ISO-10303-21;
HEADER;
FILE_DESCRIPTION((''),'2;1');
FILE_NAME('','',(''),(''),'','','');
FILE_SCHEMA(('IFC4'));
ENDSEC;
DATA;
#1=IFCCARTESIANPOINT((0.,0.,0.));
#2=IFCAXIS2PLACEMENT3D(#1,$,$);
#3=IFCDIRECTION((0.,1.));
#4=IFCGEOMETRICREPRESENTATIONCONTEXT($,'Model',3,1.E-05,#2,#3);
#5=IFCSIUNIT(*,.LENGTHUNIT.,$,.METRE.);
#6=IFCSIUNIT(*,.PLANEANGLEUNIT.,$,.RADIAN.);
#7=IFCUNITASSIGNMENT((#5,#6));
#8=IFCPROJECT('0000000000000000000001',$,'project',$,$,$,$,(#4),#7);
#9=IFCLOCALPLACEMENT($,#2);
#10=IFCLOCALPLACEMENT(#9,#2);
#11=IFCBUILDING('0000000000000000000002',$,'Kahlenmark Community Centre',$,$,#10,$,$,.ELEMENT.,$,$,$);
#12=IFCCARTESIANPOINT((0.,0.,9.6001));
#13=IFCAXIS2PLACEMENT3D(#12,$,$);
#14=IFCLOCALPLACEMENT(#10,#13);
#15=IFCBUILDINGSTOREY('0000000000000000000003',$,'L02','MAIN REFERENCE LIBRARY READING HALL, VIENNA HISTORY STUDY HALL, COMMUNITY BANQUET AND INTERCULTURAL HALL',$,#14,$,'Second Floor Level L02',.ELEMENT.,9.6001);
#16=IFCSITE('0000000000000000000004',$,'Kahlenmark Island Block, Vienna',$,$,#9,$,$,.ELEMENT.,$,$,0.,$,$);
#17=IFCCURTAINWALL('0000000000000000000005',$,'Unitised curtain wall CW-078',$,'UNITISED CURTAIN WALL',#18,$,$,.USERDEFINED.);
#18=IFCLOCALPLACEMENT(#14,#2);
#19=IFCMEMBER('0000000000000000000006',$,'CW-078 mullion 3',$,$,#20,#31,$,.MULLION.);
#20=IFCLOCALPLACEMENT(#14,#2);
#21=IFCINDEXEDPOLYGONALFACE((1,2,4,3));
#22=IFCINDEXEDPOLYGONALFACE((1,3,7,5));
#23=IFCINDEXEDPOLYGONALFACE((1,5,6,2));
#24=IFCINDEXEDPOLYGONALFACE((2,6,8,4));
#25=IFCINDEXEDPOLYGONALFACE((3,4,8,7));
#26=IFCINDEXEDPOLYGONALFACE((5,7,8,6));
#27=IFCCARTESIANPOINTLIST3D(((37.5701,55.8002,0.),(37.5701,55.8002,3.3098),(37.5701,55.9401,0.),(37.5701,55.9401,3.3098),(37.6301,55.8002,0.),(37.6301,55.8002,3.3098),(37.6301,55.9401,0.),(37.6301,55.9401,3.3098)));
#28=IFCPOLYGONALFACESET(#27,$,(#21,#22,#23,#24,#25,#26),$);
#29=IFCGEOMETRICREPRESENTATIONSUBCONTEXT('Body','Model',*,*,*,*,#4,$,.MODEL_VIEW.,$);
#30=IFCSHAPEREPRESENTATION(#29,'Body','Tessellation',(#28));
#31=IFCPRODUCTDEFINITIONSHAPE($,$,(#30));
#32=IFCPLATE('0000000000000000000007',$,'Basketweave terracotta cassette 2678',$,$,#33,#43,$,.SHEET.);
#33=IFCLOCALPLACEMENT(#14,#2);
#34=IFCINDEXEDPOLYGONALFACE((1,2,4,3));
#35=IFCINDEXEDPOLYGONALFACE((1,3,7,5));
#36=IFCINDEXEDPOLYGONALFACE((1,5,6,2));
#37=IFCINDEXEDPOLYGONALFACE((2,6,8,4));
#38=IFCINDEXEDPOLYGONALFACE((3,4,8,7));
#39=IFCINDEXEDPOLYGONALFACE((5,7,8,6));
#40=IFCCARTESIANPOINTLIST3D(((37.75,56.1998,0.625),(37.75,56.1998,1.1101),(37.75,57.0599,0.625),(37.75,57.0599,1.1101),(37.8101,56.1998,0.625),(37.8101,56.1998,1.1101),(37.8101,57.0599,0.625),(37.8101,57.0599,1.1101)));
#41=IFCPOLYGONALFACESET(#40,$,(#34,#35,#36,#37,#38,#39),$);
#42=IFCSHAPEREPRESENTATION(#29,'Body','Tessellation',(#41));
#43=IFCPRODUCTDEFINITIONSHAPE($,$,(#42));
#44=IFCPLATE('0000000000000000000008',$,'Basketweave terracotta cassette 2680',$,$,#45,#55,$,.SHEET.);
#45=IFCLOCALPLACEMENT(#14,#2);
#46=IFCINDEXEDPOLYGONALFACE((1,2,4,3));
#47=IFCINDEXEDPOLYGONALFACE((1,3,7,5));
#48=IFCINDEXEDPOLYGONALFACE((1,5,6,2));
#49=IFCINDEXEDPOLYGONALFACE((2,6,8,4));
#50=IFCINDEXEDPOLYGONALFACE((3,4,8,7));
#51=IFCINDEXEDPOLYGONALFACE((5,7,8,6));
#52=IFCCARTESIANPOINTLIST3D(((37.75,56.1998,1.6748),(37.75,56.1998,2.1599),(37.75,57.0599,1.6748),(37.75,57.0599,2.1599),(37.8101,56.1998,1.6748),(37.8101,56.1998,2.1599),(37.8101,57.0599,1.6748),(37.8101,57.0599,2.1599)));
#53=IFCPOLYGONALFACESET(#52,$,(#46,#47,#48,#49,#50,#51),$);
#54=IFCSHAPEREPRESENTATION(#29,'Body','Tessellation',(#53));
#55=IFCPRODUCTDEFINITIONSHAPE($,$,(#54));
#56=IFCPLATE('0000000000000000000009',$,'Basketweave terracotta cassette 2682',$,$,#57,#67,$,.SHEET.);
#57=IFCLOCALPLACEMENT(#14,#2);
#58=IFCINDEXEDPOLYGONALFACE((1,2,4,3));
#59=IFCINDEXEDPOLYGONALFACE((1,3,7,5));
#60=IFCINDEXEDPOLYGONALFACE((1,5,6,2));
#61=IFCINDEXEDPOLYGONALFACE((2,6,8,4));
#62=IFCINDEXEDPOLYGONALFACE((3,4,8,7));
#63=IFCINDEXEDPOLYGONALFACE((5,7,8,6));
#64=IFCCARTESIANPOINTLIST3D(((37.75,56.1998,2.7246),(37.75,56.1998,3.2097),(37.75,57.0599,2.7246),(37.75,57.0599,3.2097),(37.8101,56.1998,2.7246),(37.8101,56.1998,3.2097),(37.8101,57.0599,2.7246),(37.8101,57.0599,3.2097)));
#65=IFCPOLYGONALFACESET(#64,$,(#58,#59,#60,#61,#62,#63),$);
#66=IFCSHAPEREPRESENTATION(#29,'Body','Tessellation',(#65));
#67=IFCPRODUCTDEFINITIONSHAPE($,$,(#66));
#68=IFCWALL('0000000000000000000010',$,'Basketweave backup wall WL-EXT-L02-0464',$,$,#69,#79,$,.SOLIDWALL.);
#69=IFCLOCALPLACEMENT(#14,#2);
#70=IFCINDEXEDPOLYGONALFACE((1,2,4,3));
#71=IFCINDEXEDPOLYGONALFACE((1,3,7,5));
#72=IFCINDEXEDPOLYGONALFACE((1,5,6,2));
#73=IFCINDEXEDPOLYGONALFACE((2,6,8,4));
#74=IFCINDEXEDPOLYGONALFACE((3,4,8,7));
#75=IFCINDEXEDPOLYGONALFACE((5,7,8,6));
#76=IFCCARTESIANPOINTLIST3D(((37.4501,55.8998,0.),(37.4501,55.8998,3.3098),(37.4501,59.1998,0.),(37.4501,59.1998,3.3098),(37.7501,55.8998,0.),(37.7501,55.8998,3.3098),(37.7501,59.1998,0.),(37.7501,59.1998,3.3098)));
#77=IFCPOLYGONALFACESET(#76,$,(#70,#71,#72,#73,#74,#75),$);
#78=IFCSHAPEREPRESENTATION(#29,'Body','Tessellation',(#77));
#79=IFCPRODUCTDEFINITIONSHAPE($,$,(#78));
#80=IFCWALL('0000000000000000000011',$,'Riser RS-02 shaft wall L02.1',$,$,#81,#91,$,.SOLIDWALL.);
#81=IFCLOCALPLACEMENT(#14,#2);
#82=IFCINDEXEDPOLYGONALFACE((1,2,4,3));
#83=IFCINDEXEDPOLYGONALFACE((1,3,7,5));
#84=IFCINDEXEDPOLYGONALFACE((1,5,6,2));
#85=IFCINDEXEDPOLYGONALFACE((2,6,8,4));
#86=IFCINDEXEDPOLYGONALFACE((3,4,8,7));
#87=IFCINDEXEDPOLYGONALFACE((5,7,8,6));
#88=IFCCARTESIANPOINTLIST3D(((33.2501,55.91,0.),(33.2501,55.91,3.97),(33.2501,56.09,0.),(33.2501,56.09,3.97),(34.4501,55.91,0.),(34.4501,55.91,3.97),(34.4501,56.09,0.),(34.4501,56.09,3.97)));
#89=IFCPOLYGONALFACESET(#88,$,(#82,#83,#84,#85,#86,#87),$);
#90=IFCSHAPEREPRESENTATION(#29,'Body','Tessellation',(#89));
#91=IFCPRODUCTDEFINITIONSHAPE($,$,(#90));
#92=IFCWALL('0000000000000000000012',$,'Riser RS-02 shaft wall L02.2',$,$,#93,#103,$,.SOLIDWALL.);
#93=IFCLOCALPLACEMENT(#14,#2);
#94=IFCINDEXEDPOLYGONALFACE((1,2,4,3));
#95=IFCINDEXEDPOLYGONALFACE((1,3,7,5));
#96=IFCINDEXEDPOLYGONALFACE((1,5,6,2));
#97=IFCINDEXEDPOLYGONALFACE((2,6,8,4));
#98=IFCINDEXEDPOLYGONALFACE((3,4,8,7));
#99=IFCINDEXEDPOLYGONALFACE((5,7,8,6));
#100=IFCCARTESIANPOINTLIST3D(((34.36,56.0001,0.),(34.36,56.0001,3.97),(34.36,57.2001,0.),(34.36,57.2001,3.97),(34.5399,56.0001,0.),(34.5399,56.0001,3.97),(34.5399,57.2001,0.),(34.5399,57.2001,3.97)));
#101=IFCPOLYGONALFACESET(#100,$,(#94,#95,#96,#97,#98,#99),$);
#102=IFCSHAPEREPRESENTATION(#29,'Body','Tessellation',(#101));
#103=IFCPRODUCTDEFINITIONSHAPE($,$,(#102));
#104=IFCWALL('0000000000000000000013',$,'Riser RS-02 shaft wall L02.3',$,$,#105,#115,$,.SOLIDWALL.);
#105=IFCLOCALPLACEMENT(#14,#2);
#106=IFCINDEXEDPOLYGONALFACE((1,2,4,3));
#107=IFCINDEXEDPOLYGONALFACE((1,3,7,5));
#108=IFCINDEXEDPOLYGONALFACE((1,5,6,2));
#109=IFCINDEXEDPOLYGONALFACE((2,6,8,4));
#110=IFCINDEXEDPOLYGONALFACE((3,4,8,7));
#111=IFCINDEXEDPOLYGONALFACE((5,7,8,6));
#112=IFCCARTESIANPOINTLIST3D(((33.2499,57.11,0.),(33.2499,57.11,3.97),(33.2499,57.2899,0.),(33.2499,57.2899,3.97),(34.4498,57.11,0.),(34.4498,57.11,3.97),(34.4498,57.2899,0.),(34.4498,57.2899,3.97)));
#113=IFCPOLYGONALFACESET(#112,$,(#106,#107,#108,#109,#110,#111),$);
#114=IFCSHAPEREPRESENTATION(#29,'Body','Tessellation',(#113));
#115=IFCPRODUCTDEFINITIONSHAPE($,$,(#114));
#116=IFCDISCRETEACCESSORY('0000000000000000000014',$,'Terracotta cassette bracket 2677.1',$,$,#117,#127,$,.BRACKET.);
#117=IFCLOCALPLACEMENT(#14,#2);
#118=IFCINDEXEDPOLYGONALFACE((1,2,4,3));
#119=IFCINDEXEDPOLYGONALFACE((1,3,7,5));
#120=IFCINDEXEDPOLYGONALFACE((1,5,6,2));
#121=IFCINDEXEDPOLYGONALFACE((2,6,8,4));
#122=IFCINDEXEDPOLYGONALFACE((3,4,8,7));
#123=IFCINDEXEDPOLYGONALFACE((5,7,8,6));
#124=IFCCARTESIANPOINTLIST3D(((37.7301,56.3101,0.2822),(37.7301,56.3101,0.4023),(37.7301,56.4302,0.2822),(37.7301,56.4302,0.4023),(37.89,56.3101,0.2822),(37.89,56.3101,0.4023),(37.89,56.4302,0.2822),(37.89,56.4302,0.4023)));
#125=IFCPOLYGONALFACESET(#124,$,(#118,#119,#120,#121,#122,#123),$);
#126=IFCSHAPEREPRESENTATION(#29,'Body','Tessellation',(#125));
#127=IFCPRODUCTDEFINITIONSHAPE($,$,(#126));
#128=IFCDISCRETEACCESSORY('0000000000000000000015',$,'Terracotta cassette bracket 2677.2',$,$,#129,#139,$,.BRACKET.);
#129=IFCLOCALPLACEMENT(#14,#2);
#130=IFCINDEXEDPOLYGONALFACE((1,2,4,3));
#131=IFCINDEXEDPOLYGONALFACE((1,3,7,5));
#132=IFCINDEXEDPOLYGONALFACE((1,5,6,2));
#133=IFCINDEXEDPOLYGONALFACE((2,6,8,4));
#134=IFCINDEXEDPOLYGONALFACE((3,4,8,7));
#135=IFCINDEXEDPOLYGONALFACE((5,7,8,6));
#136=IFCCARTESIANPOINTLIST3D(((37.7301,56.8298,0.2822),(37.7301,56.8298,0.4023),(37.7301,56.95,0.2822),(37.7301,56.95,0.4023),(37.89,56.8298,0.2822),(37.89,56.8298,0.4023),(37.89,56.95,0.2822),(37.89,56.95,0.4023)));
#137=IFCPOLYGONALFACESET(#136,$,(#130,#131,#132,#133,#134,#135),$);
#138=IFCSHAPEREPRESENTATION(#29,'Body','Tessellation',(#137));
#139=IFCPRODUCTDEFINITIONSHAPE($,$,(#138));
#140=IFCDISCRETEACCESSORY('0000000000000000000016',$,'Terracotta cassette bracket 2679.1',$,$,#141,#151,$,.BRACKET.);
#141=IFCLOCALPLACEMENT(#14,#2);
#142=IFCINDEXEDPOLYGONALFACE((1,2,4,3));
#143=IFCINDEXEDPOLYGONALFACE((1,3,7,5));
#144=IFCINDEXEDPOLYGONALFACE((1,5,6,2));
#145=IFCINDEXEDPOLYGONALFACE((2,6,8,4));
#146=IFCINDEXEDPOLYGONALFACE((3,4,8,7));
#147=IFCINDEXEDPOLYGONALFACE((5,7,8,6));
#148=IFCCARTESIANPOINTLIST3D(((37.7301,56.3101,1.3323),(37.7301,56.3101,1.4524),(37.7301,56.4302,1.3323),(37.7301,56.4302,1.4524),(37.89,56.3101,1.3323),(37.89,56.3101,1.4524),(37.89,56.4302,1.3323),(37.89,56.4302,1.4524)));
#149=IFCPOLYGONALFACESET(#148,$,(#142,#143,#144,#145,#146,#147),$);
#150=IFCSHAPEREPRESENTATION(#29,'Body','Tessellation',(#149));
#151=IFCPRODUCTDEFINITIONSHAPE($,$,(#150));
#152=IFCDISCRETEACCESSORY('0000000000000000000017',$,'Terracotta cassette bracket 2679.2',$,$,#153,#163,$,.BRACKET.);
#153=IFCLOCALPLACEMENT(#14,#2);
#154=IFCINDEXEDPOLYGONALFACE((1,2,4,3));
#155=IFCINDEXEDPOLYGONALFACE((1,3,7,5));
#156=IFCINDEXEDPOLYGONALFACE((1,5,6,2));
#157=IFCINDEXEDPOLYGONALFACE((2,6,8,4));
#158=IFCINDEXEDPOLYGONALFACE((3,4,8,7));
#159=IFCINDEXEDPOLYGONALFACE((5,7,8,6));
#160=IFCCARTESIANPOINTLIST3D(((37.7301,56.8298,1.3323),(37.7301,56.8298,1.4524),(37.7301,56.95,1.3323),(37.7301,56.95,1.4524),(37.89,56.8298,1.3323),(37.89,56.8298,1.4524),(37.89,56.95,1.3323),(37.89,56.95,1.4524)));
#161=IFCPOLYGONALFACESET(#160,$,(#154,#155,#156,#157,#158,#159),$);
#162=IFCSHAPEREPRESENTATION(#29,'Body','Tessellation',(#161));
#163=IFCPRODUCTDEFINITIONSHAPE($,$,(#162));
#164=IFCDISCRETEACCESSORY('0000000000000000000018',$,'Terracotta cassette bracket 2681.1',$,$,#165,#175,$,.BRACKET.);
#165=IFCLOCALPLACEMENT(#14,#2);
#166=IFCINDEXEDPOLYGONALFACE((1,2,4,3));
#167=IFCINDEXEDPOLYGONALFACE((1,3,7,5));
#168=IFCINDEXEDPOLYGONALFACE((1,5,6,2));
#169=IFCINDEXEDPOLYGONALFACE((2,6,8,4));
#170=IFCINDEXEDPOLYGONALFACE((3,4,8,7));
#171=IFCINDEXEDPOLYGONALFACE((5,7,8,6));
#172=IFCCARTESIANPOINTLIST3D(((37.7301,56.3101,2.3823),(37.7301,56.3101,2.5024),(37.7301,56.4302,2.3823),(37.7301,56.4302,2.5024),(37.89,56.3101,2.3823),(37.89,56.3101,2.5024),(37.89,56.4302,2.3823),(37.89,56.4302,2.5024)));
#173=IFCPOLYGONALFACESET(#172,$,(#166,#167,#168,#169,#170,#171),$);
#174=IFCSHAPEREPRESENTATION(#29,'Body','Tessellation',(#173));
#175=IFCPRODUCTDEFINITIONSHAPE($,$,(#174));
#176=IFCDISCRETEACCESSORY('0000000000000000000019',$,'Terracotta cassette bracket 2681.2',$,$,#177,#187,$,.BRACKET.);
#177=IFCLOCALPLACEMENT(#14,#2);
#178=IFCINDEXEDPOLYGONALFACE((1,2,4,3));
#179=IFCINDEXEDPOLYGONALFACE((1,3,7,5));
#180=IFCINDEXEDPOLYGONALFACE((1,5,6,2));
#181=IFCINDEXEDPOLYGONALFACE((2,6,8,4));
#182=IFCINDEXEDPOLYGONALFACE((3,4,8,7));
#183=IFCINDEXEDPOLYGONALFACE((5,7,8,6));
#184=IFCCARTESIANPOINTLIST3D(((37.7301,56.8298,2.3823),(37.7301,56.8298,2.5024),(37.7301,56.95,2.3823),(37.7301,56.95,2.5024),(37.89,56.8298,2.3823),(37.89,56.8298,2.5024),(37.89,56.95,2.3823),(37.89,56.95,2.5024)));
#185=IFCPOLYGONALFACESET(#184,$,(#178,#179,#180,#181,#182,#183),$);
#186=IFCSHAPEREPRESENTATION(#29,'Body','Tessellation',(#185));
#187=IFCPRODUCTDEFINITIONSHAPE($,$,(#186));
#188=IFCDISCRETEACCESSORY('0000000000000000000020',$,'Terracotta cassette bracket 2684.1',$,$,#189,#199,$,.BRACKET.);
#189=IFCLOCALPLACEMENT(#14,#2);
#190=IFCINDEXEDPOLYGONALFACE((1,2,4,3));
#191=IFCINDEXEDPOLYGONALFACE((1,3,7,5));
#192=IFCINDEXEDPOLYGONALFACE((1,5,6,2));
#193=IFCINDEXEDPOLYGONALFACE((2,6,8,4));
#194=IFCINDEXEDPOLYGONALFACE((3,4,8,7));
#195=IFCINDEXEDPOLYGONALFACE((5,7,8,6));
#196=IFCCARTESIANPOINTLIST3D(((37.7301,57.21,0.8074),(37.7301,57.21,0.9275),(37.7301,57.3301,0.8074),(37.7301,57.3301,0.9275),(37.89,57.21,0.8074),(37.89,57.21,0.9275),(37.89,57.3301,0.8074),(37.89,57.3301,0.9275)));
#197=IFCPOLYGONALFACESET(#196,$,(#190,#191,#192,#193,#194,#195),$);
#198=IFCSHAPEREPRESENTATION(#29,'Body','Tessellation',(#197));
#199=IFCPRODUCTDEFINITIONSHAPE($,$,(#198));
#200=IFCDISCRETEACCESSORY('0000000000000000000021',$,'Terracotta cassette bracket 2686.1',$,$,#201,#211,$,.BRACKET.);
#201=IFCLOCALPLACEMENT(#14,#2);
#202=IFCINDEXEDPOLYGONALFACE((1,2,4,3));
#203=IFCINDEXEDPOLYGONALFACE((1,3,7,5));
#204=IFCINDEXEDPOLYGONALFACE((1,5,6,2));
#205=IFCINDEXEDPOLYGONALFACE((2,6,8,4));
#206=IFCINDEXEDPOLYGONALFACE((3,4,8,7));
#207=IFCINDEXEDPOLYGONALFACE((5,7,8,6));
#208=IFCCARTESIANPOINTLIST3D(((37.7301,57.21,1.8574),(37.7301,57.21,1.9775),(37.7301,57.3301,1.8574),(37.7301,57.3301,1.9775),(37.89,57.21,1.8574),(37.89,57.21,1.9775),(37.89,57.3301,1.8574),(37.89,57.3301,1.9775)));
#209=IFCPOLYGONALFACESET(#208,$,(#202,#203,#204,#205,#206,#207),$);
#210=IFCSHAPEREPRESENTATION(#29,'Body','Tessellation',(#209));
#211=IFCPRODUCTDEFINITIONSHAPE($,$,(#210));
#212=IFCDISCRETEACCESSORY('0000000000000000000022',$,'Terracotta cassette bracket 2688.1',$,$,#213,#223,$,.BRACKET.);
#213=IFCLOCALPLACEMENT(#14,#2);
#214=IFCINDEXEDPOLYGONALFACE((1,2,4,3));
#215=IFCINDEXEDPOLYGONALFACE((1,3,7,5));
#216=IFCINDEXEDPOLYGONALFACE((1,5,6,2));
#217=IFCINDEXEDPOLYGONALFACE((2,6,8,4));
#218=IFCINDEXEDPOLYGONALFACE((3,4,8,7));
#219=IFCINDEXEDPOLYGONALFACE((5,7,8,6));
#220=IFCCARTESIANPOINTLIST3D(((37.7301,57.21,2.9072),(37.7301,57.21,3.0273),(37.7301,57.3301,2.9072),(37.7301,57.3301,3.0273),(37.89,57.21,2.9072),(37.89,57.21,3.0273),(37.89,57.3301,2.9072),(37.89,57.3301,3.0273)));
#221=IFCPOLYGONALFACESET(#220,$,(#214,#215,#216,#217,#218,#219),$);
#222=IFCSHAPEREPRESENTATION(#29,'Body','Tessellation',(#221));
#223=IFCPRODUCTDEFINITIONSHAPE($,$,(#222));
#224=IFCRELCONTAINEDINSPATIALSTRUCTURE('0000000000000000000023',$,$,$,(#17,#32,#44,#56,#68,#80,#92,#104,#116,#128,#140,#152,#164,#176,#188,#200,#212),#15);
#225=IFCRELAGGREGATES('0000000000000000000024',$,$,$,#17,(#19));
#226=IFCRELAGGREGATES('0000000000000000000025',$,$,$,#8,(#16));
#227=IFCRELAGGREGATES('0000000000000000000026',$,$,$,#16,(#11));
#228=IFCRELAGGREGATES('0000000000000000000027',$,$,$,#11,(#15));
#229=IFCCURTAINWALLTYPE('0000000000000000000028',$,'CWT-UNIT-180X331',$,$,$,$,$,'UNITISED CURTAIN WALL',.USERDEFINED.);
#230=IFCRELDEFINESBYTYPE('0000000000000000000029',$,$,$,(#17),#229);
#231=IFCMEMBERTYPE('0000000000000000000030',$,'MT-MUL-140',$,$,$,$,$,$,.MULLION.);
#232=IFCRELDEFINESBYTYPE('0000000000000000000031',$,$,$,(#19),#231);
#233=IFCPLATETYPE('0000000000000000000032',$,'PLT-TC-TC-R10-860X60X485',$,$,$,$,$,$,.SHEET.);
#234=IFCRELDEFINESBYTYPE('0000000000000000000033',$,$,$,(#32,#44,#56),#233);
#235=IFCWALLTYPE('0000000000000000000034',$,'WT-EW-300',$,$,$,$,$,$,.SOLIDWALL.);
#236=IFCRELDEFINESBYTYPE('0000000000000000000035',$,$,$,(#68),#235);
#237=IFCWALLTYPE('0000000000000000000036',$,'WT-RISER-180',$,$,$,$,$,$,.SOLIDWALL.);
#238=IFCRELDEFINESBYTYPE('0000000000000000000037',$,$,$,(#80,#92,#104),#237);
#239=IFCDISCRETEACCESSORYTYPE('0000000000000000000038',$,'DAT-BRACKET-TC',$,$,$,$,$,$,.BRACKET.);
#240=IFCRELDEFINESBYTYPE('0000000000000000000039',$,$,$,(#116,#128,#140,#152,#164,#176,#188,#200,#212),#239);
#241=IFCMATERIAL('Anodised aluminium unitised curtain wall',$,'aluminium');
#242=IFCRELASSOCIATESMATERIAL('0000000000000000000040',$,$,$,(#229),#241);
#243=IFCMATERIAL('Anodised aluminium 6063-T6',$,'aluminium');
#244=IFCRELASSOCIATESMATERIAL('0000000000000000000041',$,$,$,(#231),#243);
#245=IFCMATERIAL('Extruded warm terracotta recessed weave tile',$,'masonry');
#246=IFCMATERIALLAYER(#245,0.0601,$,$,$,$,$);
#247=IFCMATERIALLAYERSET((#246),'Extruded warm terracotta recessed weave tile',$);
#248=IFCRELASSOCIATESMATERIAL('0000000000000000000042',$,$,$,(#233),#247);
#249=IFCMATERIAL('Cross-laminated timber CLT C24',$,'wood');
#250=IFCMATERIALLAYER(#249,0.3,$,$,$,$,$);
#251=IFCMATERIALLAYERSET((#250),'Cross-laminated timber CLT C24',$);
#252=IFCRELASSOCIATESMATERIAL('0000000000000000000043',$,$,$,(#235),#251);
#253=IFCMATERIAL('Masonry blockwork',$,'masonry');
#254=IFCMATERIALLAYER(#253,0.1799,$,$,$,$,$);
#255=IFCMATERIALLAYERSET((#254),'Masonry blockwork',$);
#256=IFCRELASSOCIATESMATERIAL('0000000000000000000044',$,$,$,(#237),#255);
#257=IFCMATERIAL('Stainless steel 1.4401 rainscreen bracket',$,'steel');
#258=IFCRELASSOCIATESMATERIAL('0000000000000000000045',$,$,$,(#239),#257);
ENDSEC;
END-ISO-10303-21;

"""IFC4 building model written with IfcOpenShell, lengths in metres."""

from ifc_helpers import new_model, si_unit, direction, frame, frame_2d, origin, origin_2d, place, context, subcontext, project, spatial, rectangle, extrude, material, layer, layer_set, material_profile, profile_set, type_object, element, aggregate, save


model = new_model("IFC4")

# Units and contexts
model_context = context("Model", 3, precision=1e-05, world=origin(), true_north=direction((0.0, 1.0)))
body_context = subcontext(model_context, "Body", "Model", "MODEL_VIEW")
ifc_project = project(units=[si_unit("LENGTHUNIT", "METRE"), si_unit("PLANEANGLEUNIT", "RADIAN")], contexts=[model_context])

# Site, building, storey
site_placement = place(None, origin())
site = spatial("IfcSite", under=ifc_project, at=site_placement, Name="Kahlenmark Island Block, Vienna", CompositionType="ELEMENT", RefElevation=0.0)
building_placement = place(site_placement, origin())
building = spatial("IfcBuilding", under=site, at=building_placement, Name="Kahlenmark Community Centre", CompositionType="ELEMENT")
storey_placement = place(building_placement, frame((0.0, 0.0, 9.6001)))
storey = spatial("IfcBuildingStorey", under=building, at=storey_placement, Name="L02", Description="MAIN REFERENCE LIBRARY READING HALL, VIENNA HISTORY STUDY HALL, COMMUNITY BANQUET AND INTERCULTURAL HALL", LongName="Second Floor Level L02", CompositionType="ELEMENT", Elevation=9.6001)

# Curtain wall, member
ifc_material_1 = material(Name="Anodised aluminium unitised curtain wall", Category="aluminium")
curtain_wall_type = type_object("IfcCurtainWallType", Name="CWT-UNIT-180X331", ElementType="UNITISED CURTAIN WALL", PredefinedType="USERDEFINED", material=ifc_material_1)
curtain_wall_placement = place(storey_placement, origin())
curtain_wall = element("IfcCurtainWall", 1, at=curtain_wall_placement, inside=storey, type_object=curtain_wall_type, Name="Unitised curtain wall CW-078", ObjectType="UNITISED CURTAIN WALL", PredefinedType="USERDEFINED")
ifc_material_2 = material(Name="Anodised aluminium 6063-T6", Category="aluminium")
ifc_material_profile = material_profile(ifc_material_2, rectangle(XDim=0.0601, YDim=0.1399, at=origin_2d()), Name="ALU MULLION 60x140")
ifc_profile_set = profile_set([ifc_material_profile], Name="Anodised aluminium 6063-T6")
member_type = type_object("IfcMemberType", Name="MT-MUL-140", PredefinedType="MULLION", material=ifc_profile_set)
member_placement = place(storey_placement, frame((37.6001, 55.8701, 0.0), z_axis=(0.0, 0.0, 1.0), x_axis=(-1.0, 0.0, 0.0)))
member = element("IfcMember", 2, at=member_placement, type_object=member_type, Name="CW-078 mullion 3", PredefinedType="MULLION", context=body_context, shape_type="SweptSolid", body=[
    extrude(rectangle(XDim=0.0601, YDim=0.1399, at=origin_2d()), origin(), (0.0, 0.0, 1.0), 3.3098),
])
aggregate(curtain_wall, [member])

# Plates
ifc_material_3 = material(Name="Extruded warm terracotta recessed weave tile", Category="masonry")
ifc_layer_1 = layer(ifc_material_3, 0.0601)
ifc_layer_set_1 = layer_set([ifc_layer_1], Name="Extruded warm terracotta recessed weave tile")
plate_type = type_object("IfcPlateType", Name="PLT-TC-TC-R10-860X60X485", PredefinedType="SHEET", material=ifc_layer_set_1)
for number, where, z_axis, x_axis, name in (
    (3, (37.78, 56.6299, 0.625), (0.0, 0.0, 1.0), (0.0, 1.0, 0.0), "Basketweave terracotta cassette 2678"),
    (4, (37.78, 56.6299, 1.6748), (0.0, 0.0, 1.0), (0.0, 1.0, 0.0), "Basketweave terracotta cassette 2680"),
    (5, (37.78, 56.6299, 2.7246), (0.0, 0.0, 1.0), (0.0, 1.0, 0.0), "Basketweave terracotta cassette 2682"),
):
    element("IfcPlate", number, at=place(storey_placement, frame(where, z_axis=z_axis, x_axis=x_axis)), inside=storey, type_object=plate_type, Name=name, PredefinedType="SHEET", context=body_context, shape_type="SweptSolid", body=[
        extrude(rectangle(XDim=0.8601, YDim=0.0601, at=origin_2d()), origin(), (0.0, 0.0, 1.0), 0.4851),
    ])

# Wall
ifc_material_4 = material(Name="Cross-laminated timber CLT C24", Category="wood")
ifc_layer_2 = layer(ifc_material_4, 0.3)
ifc_layer_set_2 = layer_set([ifc_layer_2], Name="Cross-laminated timber CLT C24")
wall_type_1 = type_object("IfcWallType", Name="WT-EW-300", PredefinedType="SOLIDWALL", material=ifc_layer_set_2)
wall_1_placement = place(storey_placement, frame((37.6001, 55.8999, 0.0), z_axis=(0.0, 0.0, 1.0), x_axis=(0.0, 1.0, 0.0)))
element("IfcWall", 6, at=wall_1_placement, inside=storey, type_object=wall_type_1, Name="Basketweave backup wall WL-EXT-L02-0464", PredefinedType="SOLIDWALL", context=body_context, shape_type="SweptSolid", body=[
    extrude(rectangle(XDim=3.3, YDim=0.3, at=frame_2d((1.6499, 0.0))), origin(), (0.0, 0.0, 1.0), 3.3098),
])

# Walls
ifc_material_5 = material(Name="Masonry blockwork", Category="masonry")
ifc_layer_3 = layer(ifc_material_5, 0.1799)
ifc_layer_set_3 = layer_set([ifc_layer_3], Name="Masonry blockwork")
wall_type_2 = type_object("IfcWallType", Name="WT-RISER-180", PredefinedType="SOLIDWALL", material=ifc_layer_set_3)
for number, where, z_axis, x_axis, name in (
    (7, (33.25, 56.0, 0.0), (0.0, 0.0, 1.0), (1.0, 0.0, 0.0), "Riser RS-02 shaft wall L02.1"),
    (8, (34.45, 56.0, 0.0), (0.0, 0.0, 1.0), (0.0, 1.0, 0.0), "Riser RS-02 shaft wall L02.2"),
    (9, (34.45, 57.2, 0.0), (0.0, 0.0, 1.0), (-1.0, 0.0, 0.0), "Riser RS-02 shaft wall L02.3"),
):
    element("IfcWall", number, at=place(storey_placement, frame(where, z_axis=z_axis, x_axis=x_axis)), inside=storey, type_object=wall_type_2, Name=name, PredefinedType="SOLIDWALL", context=body_context, shape_type="SweptSolid", body=[
        extrude(rectangle(XDim=1.2, YDim=0.1799, at=frame_2d((0.6001, 0.0))), origin(), (0.0, 0.0, 1.0), 3.97),
    ])

# Discrete accessories
ifc_material_6 = material(Name="Stainless steel 1.4401 rainscreen bracket", Category="steel")
discrete_accessory_type = type_object("IfcDiscreteAccessoryType", Name="DAT-BRACKET-TC", PredefinedType="BRACKET", material=ifc_material_6)
for number, where, z_axis, x_axis, name in (
    (10, (37.8101, 56.3701, 0.2822), (0.0, 0.0, 1.0), (0.0, 1.0, 0.0), "Terracotta cassette bracket 2677.1"),
    (11, (37.8101, 56.8899, 0.2822), (0.0, 0.0, 1.0), (0.0, 1.0, 0.0), "Terracotta cassette bracket 2677.2"),
    (12, (37.8101, 56.3701, 1.3323), (0.0, 0.0, 1.0), (0.0, 1.0, 0.0), "Terracotta cassette bracket 2679.1"),
    (13, (37.8101, 56.8899, 1.3323), (0.0, 0.0, 1.0), (0.0, 1.0, 0.0), "Terracotta cassette bracket 2679.2"),
    (14, (37.8101, 56.3701, 2.3823), (0.0, 0.0, 1.0), (0.0, 1.0, 0.0), "Terracotta cassette bracket 2681.1"),
    (15, (37.8101, 56.8899, 2.3823), (0.0, 0.0, 1.0), (0.0, 1.0, 0.0), "Terracotta cassette bracket 2681.2"),
    (16, (37.8101, 57.27, 0.8074), (0.0, 0.0, 1.0), (0.0, 1.0, 0.0), "Terracotta cassette bracket 2684.1"),
    (17, (37.8101, 57.27, 1.8574), (0.0, 0.0, 1.0), (0.0, 1.0, 0.0), "Terracotta cassette bracket 2686.1"),
    (18, (37.8101, 57.27, 2.9072), (0.0, 0.0, 1.0), (0.0, 1.0, 0.0), "Terracotta cassette bracket 2688.1"),
):
    element("IfcDiscreteAccessory", number, at=place(storey_placement, frame(where, z_axis=z_axis, x_axis=x_axis)), inside=storey, type_object=discrete_accessory_type, Name=name, PredefinedType="BRACKET", context=body_context, shape_type="SweptSolid", body=[
        extrude(rectangle(XDim=0.1201, YDim=0.1599, at=origin_2d()), origin(), (0.0, 0.0, 1.0), 0.1201),
    ])

save(model, "model.ifc")
